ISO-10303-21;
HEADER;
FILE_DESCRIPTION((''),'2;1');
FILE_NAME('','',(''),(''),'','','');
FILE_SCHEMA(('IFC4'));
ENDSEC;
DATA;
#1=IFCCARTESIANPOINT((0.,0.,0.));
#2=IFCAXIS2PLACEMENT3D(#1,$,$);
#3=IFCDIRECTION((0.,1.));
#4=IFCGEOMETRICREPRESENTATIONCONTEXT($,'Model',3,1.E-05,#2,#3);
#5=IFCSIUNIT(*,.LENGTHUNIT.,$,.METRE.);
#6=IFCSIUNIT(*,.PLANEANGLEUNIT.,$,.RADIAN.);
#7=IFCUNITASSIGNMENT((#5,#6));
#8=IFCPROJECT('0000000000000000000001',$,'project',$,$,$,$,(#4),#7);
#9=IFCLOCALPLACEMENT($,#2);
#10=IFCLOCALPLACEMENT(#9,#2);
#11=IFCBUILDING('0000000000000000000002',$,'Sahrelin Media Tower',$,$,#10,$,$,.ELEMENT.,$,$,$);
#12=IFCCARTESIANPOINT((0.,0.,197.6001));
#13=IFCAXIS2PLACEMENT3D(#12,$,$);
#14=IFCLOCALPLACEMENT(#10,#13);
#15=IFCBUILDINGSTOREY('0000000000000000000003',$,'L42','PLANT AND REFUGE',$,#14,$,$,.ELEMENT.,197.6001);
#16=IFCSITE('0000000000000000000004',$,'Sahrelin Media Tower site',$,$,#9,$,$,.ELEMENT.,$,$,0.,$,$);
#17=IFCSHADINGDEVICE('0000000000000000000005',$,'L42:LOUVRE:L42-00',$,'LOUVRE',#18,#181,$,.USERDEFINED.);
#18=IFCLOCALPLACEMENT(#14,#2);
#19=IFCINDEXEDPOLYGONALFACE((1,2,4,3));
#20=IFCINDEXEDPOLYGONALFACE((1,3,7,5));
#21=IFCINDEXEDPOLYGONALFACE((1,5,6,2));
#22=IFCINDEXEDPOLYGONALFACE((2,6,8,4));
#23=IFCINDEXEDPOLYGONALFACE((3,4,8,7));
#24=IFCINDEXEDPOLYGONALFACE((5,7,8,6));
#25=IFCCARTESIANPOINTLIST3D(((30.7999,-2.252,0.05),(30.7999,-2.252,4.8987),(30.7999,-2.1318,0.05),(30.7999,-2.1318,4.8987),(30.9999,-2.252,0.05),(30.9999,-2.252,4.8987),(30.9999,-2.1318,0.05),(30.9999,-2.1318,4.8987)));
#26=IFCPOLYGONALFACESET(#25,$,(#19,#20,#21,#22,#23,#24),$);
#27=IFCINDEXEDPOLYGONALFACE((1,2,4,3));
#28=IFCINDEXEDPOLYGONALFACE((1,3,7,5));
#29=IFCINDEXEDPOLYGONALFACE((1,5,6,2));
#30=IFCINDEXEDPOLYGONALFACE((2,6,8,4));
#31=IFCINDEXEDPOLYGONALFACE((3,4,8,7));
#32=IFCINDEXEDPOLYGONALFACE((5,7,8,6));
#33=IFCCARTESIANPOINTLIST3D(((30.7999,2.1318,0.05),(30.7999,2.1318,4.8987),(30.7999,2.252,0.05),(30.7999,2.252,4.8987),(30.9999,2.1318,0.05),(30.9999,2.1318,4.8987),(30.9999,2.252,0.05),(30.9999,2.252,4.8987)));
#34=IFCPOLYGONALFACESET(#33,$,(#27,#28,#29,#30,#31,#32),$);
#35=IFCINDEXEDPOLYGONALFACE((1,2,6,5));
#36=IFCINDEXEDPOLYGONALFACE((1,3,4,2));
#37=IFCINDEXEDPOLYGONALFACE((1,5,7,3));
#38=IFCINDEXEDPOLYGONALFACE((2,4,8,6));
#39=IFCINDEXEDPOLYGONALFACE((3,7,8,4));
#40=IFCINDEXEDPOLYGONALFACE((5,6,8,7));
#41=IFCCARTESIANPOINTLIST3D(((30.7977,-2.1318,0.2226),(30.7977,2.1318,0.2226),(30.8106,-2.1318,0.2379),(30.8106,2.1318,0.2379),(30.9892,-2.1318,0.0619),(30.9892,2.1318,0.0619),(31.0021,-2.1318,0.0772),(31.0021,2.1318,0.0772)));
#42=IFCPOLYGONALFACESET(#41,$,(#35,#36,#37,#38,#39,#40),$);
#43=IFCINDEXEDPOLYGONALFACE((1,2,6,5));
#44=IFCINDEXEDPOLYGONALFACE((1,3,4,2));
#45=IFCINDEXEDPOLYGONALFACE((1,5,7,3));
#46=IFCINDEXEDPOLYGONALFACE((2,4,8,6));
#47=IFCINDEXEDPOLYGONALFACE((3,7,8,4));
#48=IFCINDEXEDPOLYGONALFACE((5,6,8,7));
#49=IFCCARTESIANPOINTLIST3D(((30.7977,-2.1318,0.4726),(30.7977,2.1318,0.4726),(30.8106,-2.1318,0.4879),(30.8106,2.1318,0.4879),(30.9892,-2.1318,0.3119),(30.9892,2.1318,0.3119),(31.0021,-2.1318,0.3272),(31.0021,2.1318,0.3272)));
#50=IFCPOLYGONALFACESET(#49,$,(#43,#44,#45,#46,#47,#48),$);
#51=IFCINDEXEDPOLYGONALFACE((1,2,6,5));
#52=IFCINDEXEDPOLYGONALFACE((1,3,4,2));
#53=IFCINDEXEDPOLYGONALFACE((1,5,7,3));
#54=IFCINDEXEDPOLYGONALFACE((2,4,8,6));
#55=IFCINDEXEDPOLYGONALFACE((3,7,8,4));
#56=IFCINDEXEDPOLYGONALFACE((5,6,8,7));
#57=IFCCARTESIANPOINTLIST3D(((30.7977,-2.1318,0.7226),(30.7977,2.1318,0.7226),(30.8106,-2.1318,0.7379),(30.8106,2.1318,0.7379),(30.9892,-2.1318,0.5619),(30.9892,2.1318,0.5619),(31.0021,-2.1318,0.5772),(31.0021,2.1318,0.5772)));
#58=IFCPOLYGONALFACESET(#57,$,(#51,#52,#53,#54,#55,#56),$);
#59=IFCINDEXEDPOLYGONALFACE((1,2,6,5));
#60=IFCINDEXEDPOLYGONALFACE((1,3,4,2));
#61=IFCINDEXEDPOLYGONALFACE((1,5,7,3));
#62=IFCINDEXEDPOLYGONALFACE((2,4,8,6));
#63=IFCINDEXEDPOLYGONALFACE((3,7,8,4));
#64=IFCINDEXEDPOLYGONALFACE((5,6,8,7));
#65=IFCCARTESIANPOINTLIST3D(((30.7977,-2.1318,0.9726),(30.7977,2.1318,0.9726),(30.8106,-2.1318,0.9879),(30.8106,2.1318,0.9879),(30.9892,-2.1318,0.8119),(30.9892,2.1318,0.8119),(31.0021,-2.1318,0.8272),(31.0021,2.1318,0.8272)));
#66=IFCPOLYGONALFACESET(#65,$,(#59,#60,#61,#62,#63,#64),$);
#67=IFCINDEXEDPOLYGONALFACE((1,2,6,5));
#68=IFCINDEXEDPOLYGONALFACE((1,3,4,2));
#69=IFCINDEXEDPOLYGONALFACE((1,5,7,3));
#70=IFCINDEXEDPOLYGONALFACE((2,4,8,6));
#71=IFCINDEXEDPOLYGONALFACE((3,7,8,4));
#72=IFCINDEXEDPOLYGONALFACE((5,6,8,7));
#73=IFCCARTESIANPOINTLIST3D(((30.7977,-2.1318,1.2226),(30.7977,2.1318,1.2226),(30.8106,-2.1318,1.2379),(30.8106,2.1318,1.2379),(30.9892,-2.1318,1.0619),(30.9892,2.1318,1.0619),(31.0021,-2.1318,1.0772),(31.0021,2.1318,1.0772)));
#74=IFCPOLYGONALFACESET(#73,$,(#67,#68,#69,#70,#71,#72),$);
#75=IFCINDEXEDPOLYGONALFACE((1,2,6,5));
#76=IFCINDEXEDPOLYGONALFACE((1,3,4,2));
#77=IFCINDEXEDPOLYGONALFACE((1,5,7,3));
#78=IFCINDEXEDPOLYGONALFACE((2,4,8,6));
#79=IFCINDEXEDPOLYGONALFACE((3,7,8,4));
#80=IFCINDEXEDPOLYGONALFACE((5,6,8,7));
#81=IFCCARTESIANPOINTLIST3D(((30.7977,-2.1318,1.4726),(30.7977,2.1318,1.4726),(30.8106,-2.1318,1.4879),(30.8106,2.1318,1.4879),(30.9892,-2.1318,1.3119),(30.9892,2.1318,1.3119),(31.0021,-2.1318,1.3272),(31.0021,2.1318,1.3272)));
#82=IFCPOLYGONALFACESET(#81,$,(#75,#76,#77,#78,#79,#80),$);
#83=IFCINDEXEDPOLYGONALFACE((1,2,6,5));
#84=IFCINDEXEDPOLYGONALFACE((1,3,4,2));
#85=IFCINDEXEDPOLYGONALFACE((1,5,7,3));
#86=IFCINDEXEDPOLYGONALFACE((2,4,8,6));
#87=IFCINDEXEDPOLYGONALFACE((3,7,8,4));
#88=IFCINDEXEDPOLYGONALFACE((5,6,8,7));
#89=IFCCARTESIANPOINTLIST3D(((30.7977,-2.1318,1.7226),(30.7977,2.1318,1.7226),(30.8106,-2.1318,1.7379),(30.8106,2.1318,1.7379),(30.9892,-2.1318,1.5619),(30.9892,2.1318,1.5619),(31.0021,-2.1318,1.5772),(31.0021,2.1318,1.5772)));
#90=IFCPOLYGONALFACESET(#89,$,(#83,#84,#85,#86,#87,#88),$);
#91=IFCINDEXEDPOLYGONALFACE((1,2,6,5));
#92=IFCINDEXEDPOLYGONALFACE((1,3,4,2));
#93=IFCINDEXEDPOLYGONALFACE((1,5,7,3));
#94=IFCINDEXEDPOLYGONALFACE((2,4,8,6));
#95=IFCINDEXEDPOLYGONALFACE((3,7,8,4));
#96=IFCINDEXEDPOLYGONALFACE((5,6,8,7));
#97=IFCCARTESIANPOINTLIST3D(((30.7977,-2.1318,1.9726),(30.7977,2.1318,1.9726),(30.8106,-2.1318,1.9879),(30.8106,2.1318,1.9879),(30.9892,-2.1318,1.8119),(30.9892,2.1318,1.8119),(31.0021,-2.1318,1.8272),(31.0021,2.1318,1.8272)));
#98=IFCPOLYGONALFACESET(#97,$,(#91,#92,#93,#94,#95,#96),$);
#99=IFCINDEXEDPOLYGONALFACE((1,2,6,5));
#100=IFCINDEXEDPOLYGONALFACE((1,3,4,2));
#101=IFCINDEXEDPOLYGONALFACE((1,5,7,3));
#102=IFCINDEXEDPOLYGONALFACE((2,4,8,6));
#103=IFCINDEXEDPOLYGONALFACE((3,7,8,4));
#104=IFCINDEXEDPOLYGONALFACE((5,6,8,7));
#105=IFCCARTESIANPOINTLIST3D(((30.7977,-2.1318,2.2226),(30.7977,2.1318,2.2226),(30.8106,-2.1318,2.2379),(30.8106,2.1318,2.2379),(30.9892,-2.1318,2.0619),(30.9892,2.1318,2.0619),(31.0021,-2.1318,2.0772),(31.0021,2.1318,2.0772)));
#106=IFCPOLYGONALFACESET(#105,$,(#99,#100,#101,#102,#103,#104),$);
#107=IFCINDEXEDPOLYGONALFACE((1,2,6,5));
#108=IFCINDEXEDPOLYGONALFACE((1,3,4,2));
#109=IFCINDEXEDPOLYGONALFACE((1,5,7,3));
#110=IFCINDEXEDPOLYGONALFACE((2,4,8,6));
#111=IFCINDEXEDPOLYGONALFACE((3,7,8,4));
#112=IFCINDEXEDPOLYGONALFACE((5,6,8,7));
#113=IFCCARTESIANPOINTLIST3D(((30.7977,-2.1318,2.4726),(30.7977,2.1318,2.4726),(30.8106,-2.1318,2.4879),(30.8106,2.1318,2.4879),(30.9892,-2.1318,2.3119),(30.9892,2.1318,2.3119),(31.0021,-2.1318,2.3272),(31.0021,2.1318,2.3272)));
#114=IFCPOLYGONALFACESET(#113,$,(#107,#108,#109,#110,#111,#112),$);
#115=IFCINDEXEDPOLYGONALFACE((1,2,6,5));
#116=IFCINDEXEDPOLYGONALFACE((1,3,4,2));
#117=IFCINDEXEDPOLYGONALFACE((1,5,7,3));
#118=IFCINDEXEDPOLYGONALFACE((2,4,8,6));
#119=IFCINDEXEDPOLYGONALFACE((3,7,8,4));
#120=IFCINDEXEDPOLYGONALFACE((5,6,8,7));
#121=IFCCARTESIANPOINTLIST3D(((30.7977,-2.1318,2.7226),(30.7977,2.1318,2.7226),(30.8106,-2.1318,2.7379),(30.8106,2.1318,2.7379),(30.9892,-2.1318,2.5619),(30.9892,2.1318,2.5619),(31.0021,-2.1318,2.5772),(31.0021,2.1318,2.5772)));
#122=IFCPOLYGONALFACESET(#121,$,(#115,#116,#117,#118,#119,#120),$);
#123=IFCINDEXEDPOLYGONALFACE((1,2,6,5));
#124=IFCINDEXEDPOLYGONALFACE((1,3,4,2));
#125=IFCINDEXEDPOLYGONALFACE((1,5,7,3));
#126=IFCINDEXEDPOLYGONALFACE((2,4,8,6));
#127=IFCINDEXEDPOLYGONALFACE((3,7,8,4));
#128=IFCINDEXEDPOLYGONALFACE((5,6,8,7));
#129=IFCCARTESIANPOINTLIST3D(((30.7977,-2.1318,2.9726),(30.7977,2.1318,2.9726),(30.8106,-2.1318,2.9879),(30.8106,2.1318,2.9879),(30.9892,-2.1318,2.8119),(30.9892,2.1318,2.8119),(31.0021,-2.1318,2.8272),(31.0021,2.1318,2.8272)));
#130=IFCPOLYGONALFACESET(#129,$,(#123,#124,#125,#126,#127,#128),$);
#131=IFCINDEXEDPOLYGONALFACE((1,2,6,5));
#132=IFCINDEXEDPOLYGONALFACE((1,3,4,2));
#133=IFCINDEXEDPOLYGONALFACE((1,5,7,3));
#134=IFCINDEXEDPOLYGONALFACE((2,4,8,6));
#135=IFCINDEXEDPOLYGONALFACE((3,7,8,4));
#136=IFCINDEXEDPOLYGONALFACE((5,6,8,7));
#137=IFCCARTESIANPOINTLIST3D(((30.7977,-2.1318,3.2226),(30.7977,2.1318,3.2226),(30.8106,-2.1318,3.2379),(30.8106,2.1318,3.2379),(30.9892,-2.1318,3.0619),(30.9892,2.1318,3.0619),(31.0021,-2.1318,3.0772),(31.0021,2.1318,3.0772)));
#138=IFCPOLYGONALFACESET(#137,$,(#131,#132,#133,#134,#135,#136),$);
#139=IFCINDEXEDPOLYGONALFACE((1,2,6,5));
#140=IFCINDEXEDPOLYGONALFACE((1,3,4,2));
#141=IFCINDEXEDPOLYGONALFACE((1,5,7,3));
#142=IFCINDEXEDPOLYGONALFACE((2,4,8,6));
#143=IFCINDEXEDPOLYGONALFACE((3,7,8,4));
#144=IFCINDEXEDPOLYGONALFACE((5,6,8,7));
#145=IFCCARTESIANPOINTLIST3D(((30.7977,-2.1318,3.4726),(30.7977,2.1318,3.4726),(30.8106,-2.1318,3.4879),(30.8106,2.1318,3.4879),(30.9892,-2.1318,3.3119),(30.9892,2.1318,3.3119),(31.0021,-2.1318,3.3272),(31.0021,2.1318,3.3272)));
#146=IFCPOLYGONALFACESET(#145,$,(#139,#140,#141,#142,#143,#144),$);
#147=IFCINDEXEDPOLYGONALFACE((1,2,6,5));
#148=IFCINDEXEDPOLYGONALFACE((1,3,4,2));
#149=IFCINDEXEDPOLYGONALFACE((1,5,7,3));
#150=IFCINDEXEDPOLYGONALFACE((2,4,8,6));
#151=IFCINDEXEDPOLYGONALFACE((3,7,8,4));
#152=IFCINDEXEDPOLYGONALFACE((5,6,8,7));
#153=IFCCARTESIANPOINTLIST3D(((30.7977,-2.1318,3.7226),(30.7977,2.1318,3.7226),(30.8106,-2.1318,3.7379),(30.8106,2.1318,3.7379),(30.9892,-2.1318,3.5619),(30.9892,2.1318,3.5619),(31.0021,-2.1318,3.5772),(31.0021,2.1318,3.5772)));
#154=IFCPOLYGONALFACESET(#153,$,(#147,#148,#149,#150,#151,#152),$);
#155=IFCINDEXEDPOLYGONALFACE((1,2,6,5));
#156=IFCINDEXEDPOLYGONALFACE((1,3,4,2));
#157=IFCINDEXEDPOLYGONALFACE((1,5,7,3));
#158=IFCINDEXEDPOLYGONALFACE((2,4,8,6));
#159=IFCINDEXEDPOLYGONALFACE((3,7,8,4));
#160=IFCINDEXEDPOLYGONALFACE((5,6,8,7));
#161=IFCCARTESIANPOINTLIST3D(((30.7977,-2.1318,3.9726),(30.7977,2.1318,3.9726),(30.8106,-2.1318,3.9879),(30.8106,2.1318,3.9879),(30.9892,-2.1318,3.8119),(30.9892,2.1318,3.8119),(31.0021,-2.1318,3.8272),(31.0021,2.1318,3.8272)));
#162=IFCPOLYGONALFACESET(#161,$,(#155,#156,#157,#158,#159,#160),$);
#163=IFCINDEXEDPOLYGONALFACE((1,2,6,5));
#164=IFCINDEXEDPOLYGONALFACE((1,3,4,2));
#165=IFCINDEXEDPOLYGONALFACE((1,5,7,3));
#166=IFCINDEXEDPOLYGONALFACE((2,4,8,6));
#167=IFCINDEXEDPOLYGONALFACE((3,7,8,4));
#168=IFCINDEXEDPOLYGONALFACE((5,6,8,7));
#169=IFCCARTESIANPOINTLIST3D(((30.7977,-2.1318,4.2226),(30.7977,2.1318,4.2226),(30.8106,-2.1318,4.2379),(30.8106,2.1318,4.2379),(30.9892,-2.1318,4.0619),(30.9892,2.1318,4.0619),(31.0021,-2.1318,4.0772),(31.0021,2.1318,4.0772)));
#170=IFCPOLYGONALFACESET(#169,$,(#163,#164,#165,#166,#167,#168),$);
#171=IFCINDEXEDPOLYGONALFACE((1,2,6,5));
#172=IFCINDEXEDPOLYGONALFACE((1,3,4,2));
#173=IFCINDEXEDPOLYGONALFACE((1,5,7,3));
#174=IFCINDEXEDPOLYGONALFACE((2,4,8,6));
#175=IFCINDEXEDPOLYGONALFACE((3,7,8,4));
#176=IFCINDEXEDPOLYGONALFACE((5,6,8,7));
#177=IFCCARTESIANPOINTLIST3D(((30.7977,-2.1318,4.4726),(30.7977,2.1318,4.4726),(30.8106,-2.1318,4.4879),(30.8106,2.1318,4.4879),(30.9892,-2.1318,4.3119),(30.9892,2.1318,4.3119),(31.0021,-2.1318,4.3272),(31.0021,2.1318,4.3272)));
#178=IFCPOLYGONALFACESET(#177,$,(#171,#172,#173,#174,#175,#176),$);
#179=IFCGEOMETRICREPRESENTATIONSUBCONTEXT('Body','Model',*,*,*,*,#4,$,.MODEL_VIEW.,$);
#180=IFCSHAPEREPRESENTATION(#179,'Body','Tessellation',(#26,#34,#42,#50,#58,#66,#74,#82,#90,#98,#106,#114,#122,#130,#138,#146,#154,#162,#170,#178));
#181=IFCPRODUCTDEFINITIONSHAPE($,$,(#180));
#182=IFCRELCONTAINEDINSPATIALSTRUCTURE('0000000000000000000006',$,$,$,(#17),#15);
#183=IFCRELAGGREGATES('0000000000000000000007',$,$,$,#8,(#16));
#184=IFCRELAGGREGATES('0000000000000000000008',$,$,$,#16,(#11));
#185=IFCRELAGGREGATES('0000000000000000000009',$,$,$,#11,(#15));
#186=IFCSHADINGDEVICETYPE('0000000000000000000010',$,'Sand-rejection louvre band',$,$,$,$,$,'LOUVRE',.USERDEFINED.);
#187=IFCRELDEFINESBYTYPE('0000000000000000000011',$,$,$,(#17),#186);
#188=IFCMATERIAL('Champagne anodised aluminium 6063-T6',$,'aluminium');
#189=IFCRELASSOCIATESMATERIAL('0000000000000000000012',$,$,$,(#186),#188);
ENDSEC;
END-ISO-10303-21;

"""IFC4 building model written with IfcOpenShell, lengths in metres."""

from ifc_helpers import new_model, si_unit, direction, frame, origin, origin_2d, place, context, subcontext, project, spatial, rectangle, extrude, material, type_object, element, save


model = new_model("IFC4")

# Units and contexts
model_context = context("Model", 3, precision=1e-05, world=origin(), true_north=direction((0.0, 1.0)))
body_context = subcontext(model_context, "Body", "Model", "MODEL_VIEW")
ifc_project = project(units=[si_unit("LENGTHUNIT", "METRE"), si_unit("PLANEANGLEUNIT", "RADIAN")], contexts=[model_context])

# Site, building, storey
site_placement = place(None, origin())
site = spatial("IfcSite", under=ifc_project, at=site_placement, Name="Sahrelin Media Tower site", CompositionType="ELEMENT", RefElevation=0.0)
building_placement = place(site_placement, origin())
building = spatial("IfcBuilding", under=site, at=building_placement, Name="Sahrelin Media Tower", CompositionType="ELEMENT")
storey_placement = place(building_placement, frame((0.0, 0.0, 197.6001)))
storey = spatial("IfcBuildingStorey", under=building, at=storey_placement, Name="L42", Description="PLANT AND REFUGE", CompositionType="ELEMENT", Elevation=197.6001)

# Shading device
ifc_material_1 = material(Name="Champagne anodised aluminium 6063-T6", Category="aluminium")
shading_device_type = type_object("IfcShadingDeviceType", Name="Sand-rejection louvre band", ElementType="LOUVRE", PredefinedType="USERDEFINED", material=ifc_material_1)
shading_device_1_placement = place(storey_placement, frame((30.7998, 0.0, 0.0), z_axis=(0.0, 0.0, 1.0), x_axis=(0.0, -1.0, 0.0)))
element("IfcShadingDevice", 1, at=shading_device_1_placement, inside=storey, type_object=shading_device_type, Name="L42:LOUVRE:L42-00", ObjectType="LOUVRE", PredefinedType="USERDEFINED", context=body_context, shape_type="SweptSolid", body=[
    extrude(rectangle(XDim=0.1201, YDim=0.2, at=origin_2d()), frame((2.1919, 0.1001, 0.05), z_axis=(0.0, 0.0, 1.0), x_axis=(1.0, 0.0, 0.0)), (0.0, 0.0, 1.0), 4.8486),
    extrude(rectangle(XDim=0.1201, YDim=0.2, at=origin_2d()), frame((-2.1919, 0.1001, 0.05), z_axis=(0.0, 0.0, 1.0), x_axis=(1.0, 0.0, 0.0)), (0.0, 0.0, 1.0), 4.8486),
    extrude(rectangle(XDim=0.25, YDim=0.02, at=origin_2d()), frame((2.1318, 0.1001, 0.1499), z_axis=(-1.0, 0.0, 0.0), x_axis=(0.0, -0.766044, 0.642788)), (0.0, 0.0, 1.0), 4.2637),
    extrude(rectangle(XDim=0.25, YDim=0.02, at=origin_2d()), frame((2.1318, 0.1001, 0.3999), z_axis=(-1.0, 0.0, 0.0), x_axis=(0.0, -0.766044, 0.642788)), (0.0, 0.0, 1.0), 4.2637),
    extrude(rectangle(XDim=0.25, YDim=0.02, at=origin_2d()), frame((2.1318, 0.1001, 0.6499), z_axis=(-1.0, 0.0, 0.0), x_axis=(0.0, -0.766044, 0.642788)), (0.0, 0.0, 1.0), 4.2637),
    extrude(rectangle(XDim=0.25, YDim=0.02, at=origin_2d()), frame((2.1318, 0.1001, 0.8999), z_axis=(-1.0, 0.0, 0.0), x_axis=(0.0, -0.766044, 0.642788)), (0.0, 0.0, 1.0), 4.2637),
    extrude(rectangle(XDim=0.25, YDim=0.02, at=origin_2d()), frame((2.1318, 0.1001, 1.1499), z_axis=(-1.0, 0.0, 0.0), x_axis=(0.0, -0.766044, 0.642788)), (0.0, 0.0, 1.0), 4.2637),
    extrude(rectangle(XDim=0.25, YDim=0.02, at=origin_2d()), frame((2.1318, 0.1001, 1.3999), z_axis=(-1.0, 0.0, 0.0), x_axis=(0.0, -0.766044, 0.642788)), (0.0, 0.0, 1.0), 4.2637),
    extrude(rectangle(XDim=0.25, YDim=0.02, at=origin_2d()), frame((2.1318, 0.1001, 1.6499), z_axis=(-1.0, 0.0, 0.0), x_axis=(0.0, -0.766044, 0.642788)), (0.0, 0.0, 1.0), 4.2637),
    extrude(rectangle(XDim=0.25, YDim=0.02, at=origin_2d()), frame((2.1318, 0.1001, 1.8999), z_axis=(-1.0, 0.0, 0.0), x_axis=(0.0, -0.766044, 0.642788)), (0.0, 0.0, 1.0), 4.2637),
    extrude(rectangle(XDim=0.25, YDim=0.02, at=origin_2d()), frame((2.1318, 0.1001, 2.1499), z_axis=(-1.0, 0.0, 0.0), x_axis=(0.0, -0.766044, 0.642788)), (0.0, 0.0, 1.0), 4.2637),
    extrude(rectangle(XDim=0.25, YDim=0.02, at=origin_2d()), frame((2.1318, 0.1001, 2.3999), z_axis=(-1.0, 0.0, 0.0), x_axis=(0.0, -0.766044, 0.642788)), (0.0, 0.0, 1.0), 4.2637),
    extrude(rectangle(XDim=0.25, YDim=0.02, at=origin_2d()), frame((2.1318, 0.1001, 2.6499), z_axis=(-1.0, 0.0, 0.0), x_axis=(0.0, -0.766044, 0.642788)), (0.0, 0.0, 1.0), 4.2637),
    extrude(rectangle(XDim=0.25, YDim=0.02, at=origin_2d()), frame((2.1318, 0.1001, 2.8999), z_axis=(-1.0, 0.0, 0.0), x_axis=(0.0, -0.766044, 0.642788)), (0.0, 0.0, 1.0), 4.2637),
    extrude(rectangle(XDim=0.25, YDim=0.02, at=origin_2d()), frame((2.1318, 0.1001, 3.1499), z_axis=(-1.0, 0.0, 0.0), x_axis=(0.0, -0.766044, 0.642788)), (0.0, 0.0, 1.0), 4.2637),
    extrude(rectangle(XDim=0.25, YDim=0.02, at=origin_2d()), frame((2.1318, 0.1001, 3.3999), z_axis=(-1.0, 0.0, 0.0), x_axis=(0.0, -0.766044, 0.642788)), (0.0, 0.0, 1.0), 4.2637),
    extrude(rectangle(XDim=0.25, YDim=0.02, at=origin_2d()), frame((2.1318, 0.1001, 3.6499), z_axis=(-1.0, 0.0, 0.0), x_axis=(0.0, -0.766044, 0.642788)), (0.0, 0.0, 1.0), 4.2637),
    extrude(rectangle(XDim=0.25, YDim=0.02, at=origin_2d()), frame((2.1318, 0.1001, 3.8999), z_axis=(-1.0, 0.0, 0.0), x_axis=(0.0, -0.766044, 0.642788)), (0.0, 0.0, 1.0), 4.2637),
    extrude(rectangle(XDim=0.25, YDim=0.02, at=origin_2d()), frame((2.1318, 0.1001, 4.1499), z_axis=(-1.0, 0.0, 0.0), x_axis=(0.0, -0.766044, 0.642788)), (0.0, 0.0, 1.0), 4.2637),
    extrude(rectangle(XDim=0.25, YDim=0.02, at=origin_2d()), frame((2.1318, 0.1001, 4.3999), z_axis=(-1.0, 0.0, 0.0), x_axis=(0.0, -0.766044, 0.642788)), (0.0, 0.0, 1.0), 4.2637),
])

save(model, "model.ifc")
